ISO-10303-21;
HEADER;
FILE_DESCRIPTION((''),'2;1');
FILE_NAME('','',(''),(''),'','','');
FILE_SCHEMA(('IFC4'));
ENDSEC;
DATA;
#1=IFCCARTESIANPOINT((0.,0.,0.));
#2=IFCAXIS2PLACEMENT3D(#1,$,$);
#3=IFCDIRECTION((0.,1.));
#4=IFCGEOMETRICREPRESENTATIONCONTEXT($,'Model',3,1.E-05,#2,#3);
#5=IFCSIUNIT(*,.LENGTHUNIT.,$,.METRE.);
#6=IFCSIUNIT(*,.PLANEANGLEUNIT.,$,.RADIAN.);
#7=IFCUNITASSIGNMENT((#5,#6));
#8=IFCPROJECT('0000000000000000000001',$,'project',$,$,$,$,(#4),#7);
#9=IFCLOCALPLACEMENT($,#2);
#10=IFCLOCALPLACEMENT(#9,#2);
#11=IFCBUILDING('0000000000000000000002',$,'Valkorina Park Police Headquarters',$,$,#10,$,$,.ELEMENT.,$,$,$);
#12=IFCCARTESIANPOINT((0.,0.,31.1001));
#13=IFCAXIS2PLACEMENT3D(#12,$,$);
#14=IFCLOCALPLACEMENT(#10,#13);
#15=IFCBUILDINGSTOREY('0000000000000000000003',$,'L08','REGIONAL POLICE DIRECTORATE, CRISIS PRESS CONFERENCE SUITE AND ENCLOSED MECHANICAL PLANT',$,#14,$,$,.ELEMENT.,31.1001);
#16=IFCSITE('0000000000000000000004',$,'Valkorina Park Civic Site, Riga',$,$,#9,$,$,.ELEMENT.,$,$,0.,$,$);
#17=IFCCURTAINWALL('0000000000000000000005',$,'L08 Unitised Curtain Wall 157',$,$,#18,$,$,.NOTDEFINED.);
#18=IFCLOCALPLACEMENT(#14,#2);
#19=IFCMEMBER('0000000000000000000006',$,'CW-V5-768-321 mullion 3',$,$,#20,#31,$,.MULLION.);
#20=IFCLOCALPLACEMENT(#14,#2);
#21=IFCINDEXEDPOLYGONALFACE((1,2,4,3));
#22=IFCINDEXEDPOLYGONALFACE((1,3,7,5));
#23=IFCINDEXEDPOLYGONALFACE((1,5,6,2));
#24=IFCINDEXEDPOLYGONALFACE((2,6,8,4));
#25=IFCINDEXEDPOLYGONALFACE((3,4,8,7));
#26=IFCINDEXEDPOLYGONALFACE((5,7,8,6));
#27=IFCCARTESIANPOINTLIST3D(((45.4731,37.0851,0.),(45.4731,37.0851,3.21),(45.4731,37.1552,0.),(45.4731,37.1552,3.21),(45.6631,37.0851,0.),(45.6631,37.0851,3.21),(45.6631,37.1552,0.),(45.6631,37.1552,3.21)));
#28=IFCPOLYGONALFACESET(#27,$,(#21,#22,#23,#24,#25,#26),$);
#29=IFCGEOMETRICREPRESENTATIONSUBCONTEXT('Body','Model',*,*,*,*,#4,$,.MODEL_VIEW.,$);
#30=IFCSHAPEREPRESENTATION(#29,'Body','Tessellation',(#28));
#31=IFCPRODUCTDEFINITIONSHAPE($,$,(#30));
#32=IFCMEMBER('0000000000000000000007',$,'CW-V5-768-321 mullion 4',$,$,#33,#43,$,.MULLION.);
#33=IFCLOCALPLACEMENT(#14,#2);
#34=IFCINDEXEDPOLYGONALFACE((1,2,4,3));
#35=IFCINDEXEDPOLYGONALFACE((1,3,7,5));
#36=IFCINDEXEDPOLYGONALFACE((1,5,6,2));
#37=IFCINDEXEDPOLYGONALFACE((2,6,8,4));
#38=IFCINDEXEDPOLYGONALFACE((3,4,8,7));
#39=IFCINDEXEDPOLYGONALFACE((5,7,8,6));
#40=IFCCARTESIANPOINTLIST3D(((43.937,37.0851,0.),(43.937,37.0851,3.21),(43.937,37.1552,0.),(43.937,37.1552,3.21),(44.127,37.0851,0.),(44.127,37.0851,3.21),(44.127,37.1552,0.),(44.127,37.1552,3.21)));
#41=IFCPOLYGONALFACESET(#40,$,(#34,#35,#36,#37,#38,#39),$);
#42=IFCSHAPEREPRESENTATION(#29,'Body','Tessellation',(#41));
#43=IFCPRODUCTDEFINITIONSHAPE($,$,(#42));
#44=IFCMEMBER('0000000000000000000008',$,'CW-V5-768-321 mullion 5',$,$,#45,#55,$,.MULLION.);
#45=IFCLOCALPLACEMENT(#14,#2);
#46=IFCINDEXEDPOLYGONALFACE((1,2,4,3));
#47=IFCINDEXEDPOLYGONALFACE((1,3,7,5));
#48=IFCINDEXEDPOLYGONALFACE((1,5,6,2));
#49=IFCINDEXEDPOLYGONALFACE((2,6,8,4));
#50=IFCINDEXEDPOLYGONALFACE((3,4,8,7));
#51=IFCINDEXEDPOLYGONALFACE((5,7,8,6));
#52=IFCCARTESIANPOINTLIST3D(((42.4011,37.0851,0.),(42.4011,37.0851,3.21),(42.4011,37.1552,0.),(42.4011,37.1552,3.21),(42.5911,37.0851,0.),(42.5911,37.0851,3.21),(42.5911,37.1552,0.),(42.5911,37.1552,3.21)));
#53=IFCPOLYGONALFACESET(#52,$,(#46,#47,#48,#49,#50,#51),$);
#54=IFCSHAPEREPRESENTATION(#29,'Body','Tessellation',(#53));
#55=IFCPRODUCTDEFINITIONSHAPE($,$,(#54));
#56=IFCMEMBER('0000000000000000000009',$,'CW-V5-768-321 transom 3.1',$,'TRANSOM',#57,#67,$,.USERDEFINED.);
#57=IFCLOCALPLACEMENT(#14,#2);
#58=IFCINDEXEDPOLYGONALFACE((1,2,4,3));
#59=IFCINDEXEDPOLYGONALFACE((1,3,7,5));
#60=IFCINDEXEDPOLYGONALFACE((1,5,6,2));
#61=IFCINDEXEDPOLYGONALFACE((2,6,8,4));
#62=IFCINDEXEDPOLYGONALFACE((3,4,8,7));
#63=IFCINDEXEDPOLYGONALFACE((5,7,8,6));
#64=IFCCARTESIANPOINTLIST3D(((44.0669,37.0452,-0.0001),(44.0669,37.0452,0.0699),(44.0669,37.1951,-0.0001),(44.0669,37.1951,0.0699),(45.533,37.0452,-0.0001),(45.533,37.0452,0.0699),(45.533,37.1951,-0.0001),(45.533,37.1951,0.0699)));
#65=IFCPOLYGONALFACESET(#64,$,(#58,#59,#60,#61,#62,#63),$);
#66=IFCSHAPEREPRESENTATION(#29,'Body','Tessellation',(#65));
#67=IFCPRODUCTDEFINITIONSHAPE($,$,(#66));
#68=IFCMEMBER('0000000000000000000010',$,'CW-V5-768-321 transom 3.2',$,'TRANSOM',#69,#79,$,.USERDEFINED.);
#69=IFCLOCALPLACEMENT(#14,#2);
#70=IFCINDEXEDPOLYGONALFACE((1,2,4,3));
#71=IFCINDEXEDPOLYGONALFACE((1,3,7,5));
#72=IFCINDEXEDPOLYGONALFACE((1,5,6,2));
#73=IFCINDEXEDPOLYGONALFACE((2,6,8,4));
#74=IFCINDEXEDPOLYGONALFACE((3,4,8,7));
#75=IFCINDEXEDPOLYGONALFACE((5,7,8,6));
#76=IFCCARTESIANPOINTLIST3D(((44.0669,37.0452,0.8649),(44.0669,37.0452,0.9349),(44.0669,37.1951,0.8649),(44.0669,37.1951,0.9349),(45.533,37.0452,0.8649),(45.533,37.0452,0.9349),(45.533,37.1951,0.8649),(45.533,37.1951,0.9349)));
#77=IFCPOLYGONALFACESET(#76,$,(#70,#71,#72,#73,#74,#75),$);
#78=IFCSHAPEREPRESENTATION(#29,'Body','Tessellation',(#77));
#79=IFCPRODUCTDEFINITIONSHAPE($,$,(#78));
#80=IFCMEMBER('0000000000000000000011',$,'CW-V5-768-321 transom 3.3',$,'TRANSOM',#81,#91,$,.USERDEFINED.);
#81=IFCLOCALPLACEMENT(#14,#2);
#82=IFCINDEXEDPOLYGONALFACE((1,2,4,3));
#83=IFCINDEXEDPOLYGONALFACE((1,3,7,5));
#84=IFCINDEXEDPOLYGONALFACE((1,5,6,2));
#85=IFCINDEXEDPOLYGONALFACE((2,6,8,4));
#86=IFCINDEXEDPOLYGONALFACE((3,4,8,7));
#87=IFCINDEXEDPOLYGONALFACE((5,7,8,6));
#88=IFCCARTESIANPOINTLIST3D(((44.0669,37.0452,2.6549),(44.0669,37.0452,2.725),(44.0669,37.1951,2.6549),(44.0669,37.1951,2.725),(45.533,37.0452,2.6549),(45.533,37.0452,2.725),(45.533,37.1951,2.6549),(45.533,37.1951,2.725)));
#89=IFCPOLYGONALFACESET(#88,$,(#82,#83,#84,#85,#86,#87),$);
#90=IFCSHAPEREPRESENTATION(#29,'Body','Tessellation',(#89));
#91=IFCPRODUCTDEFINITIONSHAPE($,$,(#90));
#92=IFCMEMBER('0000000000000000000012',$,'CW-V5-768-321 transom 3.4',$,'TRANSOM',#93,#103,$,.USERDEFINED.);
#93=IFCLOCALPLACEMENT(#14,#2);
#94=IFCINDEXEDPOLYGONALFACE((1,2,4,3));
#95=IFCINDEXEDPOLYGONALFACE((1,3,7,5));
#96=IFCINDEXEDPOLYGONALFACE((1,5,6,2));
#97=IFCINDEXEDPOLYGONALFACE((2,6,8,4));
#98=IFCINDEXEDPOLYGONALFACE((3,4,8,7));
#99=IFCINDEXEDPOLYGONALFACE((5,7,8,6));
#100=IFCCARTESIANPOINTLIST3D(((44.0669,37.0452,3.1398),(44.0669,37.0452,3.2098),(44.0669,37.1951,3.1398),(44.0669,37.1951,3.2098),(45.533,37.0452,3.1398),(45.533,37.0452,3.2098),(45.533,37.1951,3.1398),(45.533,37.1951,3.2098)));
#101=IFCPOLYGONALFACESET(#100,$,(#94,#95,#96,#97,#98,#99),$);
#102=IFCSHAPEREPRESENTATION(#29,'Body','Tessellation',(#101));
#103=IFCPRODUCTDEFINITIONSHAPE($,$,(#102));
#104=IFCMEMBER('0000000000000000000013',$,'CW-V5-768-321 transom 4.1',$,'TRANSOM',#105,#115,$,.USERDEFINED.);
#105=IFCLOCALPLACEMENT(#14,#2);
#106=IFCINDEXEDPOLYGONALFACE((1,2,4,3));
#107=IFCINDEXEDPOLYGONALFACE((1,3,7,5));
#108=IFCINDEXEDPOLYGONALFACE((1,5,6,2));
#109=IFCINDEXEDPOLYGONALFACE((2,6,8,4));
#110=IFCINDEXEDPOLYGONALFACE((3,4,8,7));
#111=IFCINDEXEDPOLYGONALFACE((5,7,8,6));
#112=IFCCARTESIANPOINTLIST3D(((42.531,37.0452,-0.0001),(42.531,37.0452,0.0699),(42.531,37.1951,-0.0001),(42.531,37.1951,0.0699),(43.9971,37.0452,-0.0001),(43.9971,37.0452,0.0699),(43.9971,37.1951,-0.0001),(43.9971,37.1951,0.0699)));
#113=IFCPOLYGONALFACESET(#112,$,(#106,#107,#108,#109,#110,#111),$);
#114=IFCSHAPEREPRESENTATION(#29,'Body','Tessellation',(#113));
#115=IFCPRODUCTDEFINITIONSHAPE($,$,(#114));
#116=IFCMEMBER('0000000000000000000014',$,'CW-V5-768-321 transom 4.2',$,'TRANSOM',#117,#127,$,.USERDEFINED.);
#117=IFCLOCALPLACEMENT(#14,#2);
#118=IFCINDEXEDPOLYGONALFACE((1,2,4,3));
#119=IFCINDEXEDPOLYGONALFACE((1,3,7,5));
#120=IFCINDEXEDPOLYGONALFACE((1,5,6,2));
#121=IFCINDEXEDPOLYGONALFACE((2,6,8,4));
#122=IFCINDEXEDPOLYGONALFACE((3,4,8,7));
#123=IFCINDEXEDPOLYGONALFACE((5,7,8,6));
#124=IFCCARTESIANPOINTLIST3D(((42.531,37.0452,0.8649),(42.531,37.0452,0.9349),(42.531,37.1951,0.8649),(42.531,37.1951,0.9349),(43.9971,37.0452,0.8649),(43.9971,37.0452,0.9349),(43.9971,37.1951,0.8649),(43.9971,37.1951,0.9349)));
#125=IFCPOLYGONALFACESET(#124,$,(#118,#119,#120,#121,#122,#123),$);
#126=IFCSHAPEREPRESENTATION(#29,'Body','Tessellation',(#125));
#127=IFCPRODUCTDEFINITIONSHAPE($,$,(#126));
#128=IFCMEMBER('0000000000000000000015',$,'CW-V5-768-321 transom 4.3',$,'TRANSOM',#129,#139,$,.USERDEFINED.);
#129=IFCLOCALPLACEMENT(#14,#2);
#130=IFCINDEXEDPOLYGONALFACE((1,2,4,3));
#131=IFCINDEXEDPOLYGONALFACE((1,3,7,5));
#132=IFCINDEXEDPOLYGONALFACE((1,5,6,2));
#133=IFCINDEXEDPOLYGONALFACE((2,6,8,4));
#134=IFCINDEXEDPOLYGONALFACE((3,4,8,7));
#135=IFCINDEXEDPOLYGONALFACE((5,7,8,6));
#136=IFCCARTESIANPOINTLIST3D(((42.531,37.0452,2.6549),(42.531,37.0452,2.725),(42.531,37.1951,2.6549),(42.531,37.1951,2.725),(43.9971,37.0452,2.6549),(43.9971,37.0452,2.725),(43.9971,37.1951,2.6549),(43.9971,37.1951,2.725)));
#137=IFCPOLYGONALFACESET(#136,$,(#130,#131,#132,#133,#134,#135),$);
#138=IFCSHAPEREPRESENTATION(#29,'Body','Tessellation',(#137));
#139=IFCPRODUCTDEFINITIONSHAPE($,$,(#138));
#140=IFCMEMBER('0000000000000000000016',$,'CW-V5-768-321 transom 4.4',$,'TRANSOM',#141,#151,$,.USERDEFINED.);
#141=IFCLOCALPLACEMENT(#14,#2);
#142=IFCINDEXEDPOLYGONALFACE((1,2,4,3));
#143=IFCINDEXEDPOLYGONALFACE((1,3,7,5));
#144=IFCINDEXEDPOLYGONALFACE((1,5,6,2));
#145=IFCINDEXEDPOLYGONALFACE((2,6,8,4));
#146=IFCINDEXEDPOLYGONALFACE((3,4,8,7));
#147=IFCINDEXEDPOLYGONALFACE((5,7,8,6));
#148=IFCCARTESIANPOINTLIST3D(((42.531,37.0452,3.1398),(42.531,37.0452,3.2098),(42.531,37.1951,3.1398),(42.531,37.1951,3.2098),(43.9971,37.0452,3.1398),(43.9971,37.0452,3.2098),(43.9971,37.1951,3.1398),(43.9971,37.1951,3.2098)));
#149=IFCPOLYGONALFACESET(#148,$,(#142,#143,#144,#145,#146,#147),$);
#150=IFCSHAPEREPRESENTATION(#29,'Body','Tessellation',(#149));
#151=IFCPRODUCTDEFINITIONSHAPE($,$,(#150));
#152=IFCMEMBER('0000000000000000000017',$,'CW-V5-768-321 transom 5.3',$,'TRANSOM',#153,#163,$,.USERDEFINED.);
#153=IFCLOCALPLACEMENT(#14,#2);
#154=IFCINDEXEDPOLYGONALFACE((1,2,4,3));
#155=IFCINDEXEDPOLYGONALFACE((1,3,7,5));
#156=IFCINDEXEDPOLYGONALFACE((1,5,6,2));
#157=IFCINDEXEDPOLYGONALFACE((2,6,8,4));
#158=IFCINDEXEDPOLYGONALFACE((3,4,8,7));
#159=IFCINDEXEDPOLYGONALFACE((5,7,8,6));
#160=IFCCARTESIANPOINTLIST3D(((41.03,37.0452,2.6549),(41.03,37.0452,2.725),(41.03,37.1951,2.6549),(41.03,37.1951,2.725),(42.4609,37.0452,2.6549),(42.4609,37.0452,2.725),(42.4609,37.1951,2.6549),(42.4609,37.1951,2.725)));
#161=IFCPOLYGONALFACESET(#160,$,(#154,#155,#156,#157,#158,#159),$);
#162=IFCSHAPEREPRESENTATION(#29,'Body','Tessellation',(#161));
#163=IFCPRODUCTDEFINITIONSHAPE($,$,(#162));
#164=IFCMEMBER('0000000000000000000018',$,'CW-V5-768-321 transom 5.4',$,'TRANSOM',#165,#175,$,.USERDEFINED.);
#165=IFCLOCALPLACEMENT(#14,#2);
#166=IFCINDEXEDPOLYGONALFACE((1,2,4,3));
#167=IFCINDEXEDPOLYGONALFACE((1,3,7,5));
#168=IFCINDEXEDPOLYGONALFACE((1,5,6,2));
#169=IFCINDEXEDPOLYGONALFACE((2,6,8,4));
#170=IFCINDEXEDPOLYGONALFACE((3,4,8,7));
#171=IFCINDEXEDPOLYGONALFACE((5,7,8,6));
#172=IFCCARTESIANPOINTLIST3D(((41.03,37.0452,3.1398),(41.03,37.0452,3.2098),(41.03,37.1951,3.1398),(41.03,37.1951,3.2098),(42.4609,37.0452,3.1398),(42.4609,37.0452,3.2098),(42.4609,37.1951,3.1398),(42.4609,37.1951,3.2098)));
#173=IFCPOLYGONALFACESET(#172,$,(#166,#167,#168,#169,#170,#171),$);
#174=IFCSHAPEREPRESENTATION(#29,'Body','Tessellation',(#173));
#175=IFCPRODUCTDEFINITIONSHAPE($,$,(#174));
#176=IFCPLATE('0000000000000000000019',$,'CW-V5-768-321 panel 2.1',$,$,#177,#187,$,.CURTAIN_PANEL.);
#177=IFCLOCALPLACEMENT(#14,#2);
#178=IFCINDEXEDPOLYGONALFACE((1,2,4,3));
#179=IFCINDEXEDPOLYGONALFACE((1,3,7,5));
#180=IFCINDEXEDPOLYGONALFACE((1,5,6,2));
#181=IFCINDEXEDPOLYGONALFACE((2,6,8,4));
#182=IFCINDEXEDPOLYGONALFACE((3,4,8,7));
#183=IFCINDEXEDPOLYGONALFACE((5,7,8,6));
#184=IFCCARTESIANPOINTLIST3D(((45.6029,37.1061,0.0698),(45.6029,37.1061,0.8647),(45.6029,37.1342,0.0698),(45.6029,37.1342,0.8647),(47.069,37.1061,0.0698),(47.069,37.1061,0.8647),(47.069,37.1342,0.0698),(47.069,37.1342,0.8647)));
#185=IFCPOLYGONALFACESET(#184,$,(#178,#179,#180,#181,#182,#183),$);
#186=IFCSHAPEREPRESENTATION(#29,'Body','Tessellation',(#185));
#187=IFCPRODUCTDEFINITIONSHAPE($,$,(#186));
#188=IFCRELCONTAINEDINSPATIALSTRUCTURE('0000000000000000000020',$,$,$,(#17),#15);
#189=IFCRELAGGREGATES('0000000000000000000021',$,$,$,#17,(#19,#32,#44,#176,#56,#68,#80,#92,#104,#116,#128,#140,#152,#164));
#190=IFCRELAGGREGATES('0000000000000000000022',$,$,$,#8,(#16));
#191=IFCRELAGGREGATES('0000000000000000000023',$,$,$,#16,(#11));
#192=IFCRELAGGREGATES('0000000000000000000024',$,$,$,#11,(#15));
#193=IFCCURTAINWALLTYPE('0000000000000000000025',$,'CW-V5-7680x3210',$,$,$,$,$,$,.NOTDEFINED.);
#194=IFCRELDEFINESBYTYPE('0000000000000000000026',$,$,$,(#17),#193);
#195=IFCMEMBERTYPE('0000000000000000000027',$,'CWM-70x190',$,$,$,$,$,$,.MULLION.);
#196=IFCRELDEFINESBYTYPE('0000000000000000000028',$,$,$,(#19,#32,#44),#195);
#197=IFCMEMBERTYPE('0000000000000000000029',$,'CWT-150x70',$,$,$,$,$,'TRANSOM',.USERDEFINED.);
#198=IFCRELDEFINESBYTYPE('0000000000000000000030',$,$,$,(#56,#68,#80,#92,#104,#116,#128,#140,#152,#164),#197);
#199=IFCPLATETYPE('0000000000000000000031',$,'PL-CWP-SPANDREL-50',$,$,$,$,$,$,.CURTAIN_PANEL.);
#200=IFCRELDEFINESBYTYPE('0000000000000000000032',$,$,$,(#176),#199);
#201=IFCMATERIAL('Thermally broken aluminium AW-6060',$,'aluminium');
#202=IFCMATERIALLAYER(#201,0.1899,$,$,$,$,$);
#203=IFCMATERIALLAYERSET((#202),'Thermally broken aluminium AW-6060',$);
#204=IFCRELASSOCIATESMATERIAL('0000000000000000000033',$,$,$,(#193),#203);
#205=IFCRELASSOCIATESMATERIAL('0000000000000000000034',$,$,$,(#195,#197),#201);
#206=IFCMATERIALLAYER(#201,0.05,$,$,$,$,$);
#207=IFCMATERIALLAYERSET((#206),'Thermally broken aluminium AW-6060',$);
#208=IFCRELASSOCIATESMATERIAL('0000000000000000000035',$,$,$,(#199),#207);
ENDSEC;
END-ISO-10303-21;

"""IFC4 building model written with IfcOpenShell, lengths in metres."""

from ifc_helpers import new_model, si_unit, direction, frame, origin, origin_2d, place, context, subcontext, project, spatial, rectangle, extrude, material, layer, layer_set, material_profile, profile_set, type_object, element, aggregate, save


model = new_model("IFC4")

# Units and contexts
model_context = context("Model", 3, precision=1e-05, world=origin(), true_north=direction((0.0, 1.0)))
body_context = subcontext(model_context, "Body", "Model", "MODEL_VIEW")
ifc_project = project(units=[si_unit("LENGTHUNIT", "METRE"), si_unit("PLANEANGLEUNIT", "RADIAN")], contexts=[model_context])

# Site, building, storey
site_placement = place(None, origin())
site = spatial("IfcSite", under=ifc_project, at=site_placement, Name="Valkorina Park Civic Site, Riga", CompositionType="ELEMENT", RefElevation=0.0)
building_placement = place(site_placement, origin())
building = spatial("IfcBuilding", under=site, at=building_placement, Name="Valkorina Park Police Headquarters", CompositionType="ELEMENT")
storey_placement = place(building_placement, frame((0.0, 0.0, 31.1001)))
storey = spatial("IfcBuildingStorey", under=building, at=storey_placement, Name="L08", Description="REGIONAL POLICE DIRECTORATE, CRISIS PRESS CONFERENCE SUITE AND ENCLOSED MECHANICAL PLANT", CompositionType="ELEMENT", Elevation=31.1001)

# Curtain wall, members, plate
ifc_material_1 = material(Name="Thermally broken aluminium AW-6060", Category="aluminium")
ifc_layer_1 = layer(ifc_material_1, 0.1899)
ifc_layer_set_1 = layer_set([ifc_layer_1], Name="Thermally broken aluminium AW-6060")
curtain_wall_type = type_object("IfcCurtainWallType", Name="CW-V5-7680x3210", PredefinedType="NOTDEFINED", material=ifc_layer_set_1)
curtain_wall_placement = place(storey_placement, origin())
curtain_wall = element("IfcCurtainWall", 1, at=curtain_wall_placement, inside=storey, type_object=curtain_wall_type, Name="L08 Unitised Curtain Wall 157", PredefinedType="NOTDEFINED")
ifc_material_profile_1 = material_profile(ifc_material_1, rectangle(XDim=0.0701, YDim=0.1899, at=origin_2d()), Name="CWM-02 70x190")
ifc_profile_set_1 = profile_set([ifc_material_profile_1], Name="Thermally broken aluminium AW-6060")
member_type_1 = type_object("IfcMemberType", Name="CWM-70x190", PredefinedType="MULLION", material=ifc_profile_set_1)
member_1_placement = place(storey_placement, frame((45.5681, 37.1201, 0.0), z_axis=(0.0, 0.0, 1.0), x_axis=(0.0, -1.0, 0.0)))
member_1 = element("IfcMember", 2, at=member_1_placement, type_object=member_type_1, Name="CW-V5-768-321 mullion 3", PredefinedType="MULLION", context=body_context, shape_type="SweptSolid", body=[
    extrude(rectangle(XDim=0.0701, YDim=0.1899, at=origin_2d()), origin(), (0.0, 0.0, 1.0), 3.21),
])
member_2_placement = place(storey_placement, frame((44.032, 37.1201, 0.0), z_axis=(0.0, 0.0, 1.0), x_axis=(0.0, -1.0, 0.0)))
member_2 = element("IfcMember", 3, at=member_2_placement, type_object=member_type_1, Name="CW-V5-768-321 mullion 4", PredefinedType="MULLION", context=body_context, shape_type="SweptSolid", body=[
    extrude(rectangle(XDim=0.0701, YDim=0.1899, at=origin_2d()), origin(), (0.0, 0.0, 1.0), 3.21),
])
member_3_placement = place(storey_placement, frame((42.4961, 37.1201, 0.0), z_axis=(0.0, 0.0, 1.0), x_axis=(0.0, -1.0, 0.0)))
member_3 = element("IfcMember", 4, at=member_3_placement, type_object=member_type_1, Name="CW-V5-768-321 mullion 5", PredefinedType="MULLION", context=body_context, shape_type="SweptSolid", body=[
    extrude(rectangle(XDim=0.0701, YDim=0.1899, at=origin_2d()), origin(), (0.0, 0.0, 1.0), 3.21),
])
ifc_material_profile_2 = material_profile(ifc_material_1, rectangle(XDim=0.1499, YDim=0.0701, at=origin_2d()), Name="CWT-02 150x70")
ifc_profile_set_2 = profile_set([ifc_material_profile_2], Name="Thermally broken aluminium AW-6060")
member_type_2 = type_object("IfcMemberType", Name="CWT-150x70", ElementType="TRANSOM", PredefinedType="USERDEFINED", material=ifc_profile_set_2)
member_4_placement = place(storey_placement, frame((45.533, 37.1201, 0.0349), z_axis=(-1.0, 0.0, 0.0), x_axis=(0.0, -1.0, 0.0)))
member_4 = element("IfcMember", 5, at=member_4_placement, type_object=member_type_2, Name="CW-V5-768-321 transom 3.1", ObjectType="TRANSOM", PredefinedType="USERDEFINED", context=body_context, shape_type="SweptSolid", body=[
    extrude(rectangle(XDim=0.1499, YDim=0.0701, at=origin_2d()), origin(), (0.0, 0.0, 1.0), 1.4661),
])
member_5_placement = place(storey_placement, frame((45.533, 37.1201, 0.8999), z_axis=(-1.0, 0.0, 0.0), x_axis=(0.0, -1.0, 0.0)))
member_5 = element("IfcMember", 6, at=member_5_placement, type_object=member_type_2, Name="CW-V5-768-321 transom 3.2", ObjectType="TRANSOM", PredefinedType="USERDEFINED", context=body_context, shape_type="SweptSolid", body=[
    extrude(rectangle(XDim=0.1499, YDim=0.0701, at=origin_2d()), origin(), (0.0, 0.0, 1.0), 1.4661),
])
member_6_placement = place(storey_placement, frame((45.533, 37.1201, 2.6899), z_axis=(-1.0, 0.0, 0.0), x_axis=(0.0, -1.0, 0.0)))
member_6 = element("IfcMember", 7, at=member_6_placement, type_object=member_type_2, Name="CW-V5-768-321 transom 3.3", ObjectType="TRANSOM", PredefinedType="USERDEFINED", context=body_context, shape_type="SweptSolid", body=[
    extrude(rectangle(XDim=0.1499, YDim=0.0701, at=origin_2d()), origin(), (0.0, 0.0, 1.0), 1.4661),
])
member_7_placement = place(storey_placement, frame((45.533, 37.1201, 3.1748), z_axis=(-1.0, 0.0, 0.0), x_axis=(0.0, -1.0, 0.0)))
member_7 = element("IfcMember", 8, at=member_7_placement, type_object=member_type_2, Name="CW-V5-768-321 transom 3.4", ObjectType="TRANSOM", PredefinedType="USERDEFINED", context=body_context, shape_type="SweptSolid", body=[
    extrude(rectangle(XDim=0.1499, YDim=0.0701, at=origin_2d()), origin(), (0.0, 0.0, 1.0), 1.4661),
])
member_8_placement = place(storey_placement, frame((43.9971, 37.1201, 0.0349), z_axis=(-1.0, 0.0, 0.0), x_axis=(0.0, -1.0, 0.0)))
member_8 = element("IfcMember", 9, at=member_8_placement, type_object=member_type_2, Name="CW-V5-768-321 transom 4.1", ObjectType="TRANSOM", PredefinedType="USERDEFINED", context=body_context, shape_type="SweptSolid", body=[
    extrude(rectangle(XDim=0.1499, YDim=0.0701, at=origin_2d()), origin(), (0.0, 0.0, 1.0), 1.4661),
])
member_9_placement = place(storey_placement, frame((43.9971, 37.1201, 0.8999), z_axis=(-1.0, 0.0, 0.0), x_axis=(0.0, -1.0, 0.0)))
member_9 = element("IfcMember", 10, at=member_9_placement, type_object=member_type_2, Name="CW-V5-768-321 transom 4.2", ObjectType="TRANSOM", PredefinedType="USERDEFINED", context=body_context, shape_type="SweptSolid", body=[
    extrude(rectangle(XDim=0.1499, YDim=0.0701, at=origin_2d()), origin(), (0.0, 0.0, 1.0), 1.4661),
])
member_10_placement = place(storey_placement, frame((43.9971, 37.1201, 2.6899), z_axis=(-1.0, 0.0, 0.0), x_axis=(0.0, -1.0, 0.0)))
member_10 = element("IfcMember", 11, at=member_10_placement, type_object=member_type_2, Name="CW-V5-768-321 transom 4.3", ObjectType="TRANSOM", PredefinedType="USERDEFINED", context=body_context, shape_type="SweptSolid", body=[
    extrude(rectangle(XDim=0.1499, YDim=0.0701, at=origin_2d()), origin(), (0.0, 0.0, 1.0), 1.4661),
])
member_11_placement = place(storey_placement, frame((43.9971, 37.1201, 3.1748), z_axis=(-1.0, 0.0, 0.0), x_axis=(0.0, -1.0, 0.0)))
member_11 = element("IfcMember", 12, at=member_11_placement, type_object=member_type_2, Name="CW-V5-768-321 transom 4.4", ObjectType="TRANSOM", PredefinedType="USERDEFINED", context=body_context, shape_type="SweptSolid", body=[
    extrude(rectangle(XDim=0.1499, YDim=0.0701, at=origin_2d()), origin(), (0.0, 0.0, 1.0), 1.4661),
])
member_12_placement = place(storey_placement, frame((42.4609, 37.1201, 2.6899), z_axis=(-1.0, 0.0, 0.0), x_axis=(0.0, -1.0, 0.0)))
member_12 = element("IfcMember", 13, at=member_12_placement, type_object=member_type_2, Name="CW-V5-768-321 transom 5.3", ObjectType="TRANSOM", PredefinedType="USERDEFINED", context=body_context, shape_type="SweptSolid", body=[
    extrude(rectangle(XDim=0.1499, YDim=0.0701, at=origin_2d()), origin(), (0.0, 0.0, 1.0), 1.4309),
])
member_13_placement = place(storey_placement, frame((42.4609, 37.1201, 3.1748), z_axis=(-1.0, 0.0, 0.0), x_axis=(0.0, -1.0, 0.0)))
member_13 = element("IfcMember", 14, at=member_13_placement, type_object=member_type_2, Name="CW-V5-768-321 transom 5.4", ObjectType="TRANSOM", PredefinedType="USERDEFINED", context=body_context, shape_type="SweptSolid", body=[
    extrude(rectangle(XDim=0.1499, YDim=0.0701, at=origin_2d()), origin(), (0.0, 0.0, 1.0), 1.4309),
])
ifc_layer_2 = layer(ifc_material_1, 0.05)
ifc_layer_set_2 = layer_set([ifc_layer_2], Name="Thermally broken aluminium AW-6060")
plate_type_1 = type_object("IfcPlateType", Name="PL-CWP-SPANDREL-50", PredefinedType="CURTAIN_PANEL", material=ifc_layer_set_2)
plate_1_placement = place(storey_placement, frame((46.3359, 37.1201, 0.0698), z_axis=(0.0, 0.0, 1.0), x_axis=(-1.0, 0.0, 0.0)))
plate_1 = element("IfcPlate", 15, at=plate_1_placement, type_object=plate_type_1, Name="CW-V5-768-321 panel 2.1", PredefinedType="CURTAIN_PANEL", context=body_context, shape_type="SweptSolid", body=[
    extrude(rectangle(XDim=1.4661, YDim=0.0281, at=origin_2d()), origin(), (0.0, 0.0, 1.0), 0.7949),
])
aggregate(curtain_wall, [member_1, member_2, member_3, plate_1, member_4, member_5, member_6, member_7, member_8, member_9, member_10, member_11, member_12, member_13])

save(model, "model.ifc")
